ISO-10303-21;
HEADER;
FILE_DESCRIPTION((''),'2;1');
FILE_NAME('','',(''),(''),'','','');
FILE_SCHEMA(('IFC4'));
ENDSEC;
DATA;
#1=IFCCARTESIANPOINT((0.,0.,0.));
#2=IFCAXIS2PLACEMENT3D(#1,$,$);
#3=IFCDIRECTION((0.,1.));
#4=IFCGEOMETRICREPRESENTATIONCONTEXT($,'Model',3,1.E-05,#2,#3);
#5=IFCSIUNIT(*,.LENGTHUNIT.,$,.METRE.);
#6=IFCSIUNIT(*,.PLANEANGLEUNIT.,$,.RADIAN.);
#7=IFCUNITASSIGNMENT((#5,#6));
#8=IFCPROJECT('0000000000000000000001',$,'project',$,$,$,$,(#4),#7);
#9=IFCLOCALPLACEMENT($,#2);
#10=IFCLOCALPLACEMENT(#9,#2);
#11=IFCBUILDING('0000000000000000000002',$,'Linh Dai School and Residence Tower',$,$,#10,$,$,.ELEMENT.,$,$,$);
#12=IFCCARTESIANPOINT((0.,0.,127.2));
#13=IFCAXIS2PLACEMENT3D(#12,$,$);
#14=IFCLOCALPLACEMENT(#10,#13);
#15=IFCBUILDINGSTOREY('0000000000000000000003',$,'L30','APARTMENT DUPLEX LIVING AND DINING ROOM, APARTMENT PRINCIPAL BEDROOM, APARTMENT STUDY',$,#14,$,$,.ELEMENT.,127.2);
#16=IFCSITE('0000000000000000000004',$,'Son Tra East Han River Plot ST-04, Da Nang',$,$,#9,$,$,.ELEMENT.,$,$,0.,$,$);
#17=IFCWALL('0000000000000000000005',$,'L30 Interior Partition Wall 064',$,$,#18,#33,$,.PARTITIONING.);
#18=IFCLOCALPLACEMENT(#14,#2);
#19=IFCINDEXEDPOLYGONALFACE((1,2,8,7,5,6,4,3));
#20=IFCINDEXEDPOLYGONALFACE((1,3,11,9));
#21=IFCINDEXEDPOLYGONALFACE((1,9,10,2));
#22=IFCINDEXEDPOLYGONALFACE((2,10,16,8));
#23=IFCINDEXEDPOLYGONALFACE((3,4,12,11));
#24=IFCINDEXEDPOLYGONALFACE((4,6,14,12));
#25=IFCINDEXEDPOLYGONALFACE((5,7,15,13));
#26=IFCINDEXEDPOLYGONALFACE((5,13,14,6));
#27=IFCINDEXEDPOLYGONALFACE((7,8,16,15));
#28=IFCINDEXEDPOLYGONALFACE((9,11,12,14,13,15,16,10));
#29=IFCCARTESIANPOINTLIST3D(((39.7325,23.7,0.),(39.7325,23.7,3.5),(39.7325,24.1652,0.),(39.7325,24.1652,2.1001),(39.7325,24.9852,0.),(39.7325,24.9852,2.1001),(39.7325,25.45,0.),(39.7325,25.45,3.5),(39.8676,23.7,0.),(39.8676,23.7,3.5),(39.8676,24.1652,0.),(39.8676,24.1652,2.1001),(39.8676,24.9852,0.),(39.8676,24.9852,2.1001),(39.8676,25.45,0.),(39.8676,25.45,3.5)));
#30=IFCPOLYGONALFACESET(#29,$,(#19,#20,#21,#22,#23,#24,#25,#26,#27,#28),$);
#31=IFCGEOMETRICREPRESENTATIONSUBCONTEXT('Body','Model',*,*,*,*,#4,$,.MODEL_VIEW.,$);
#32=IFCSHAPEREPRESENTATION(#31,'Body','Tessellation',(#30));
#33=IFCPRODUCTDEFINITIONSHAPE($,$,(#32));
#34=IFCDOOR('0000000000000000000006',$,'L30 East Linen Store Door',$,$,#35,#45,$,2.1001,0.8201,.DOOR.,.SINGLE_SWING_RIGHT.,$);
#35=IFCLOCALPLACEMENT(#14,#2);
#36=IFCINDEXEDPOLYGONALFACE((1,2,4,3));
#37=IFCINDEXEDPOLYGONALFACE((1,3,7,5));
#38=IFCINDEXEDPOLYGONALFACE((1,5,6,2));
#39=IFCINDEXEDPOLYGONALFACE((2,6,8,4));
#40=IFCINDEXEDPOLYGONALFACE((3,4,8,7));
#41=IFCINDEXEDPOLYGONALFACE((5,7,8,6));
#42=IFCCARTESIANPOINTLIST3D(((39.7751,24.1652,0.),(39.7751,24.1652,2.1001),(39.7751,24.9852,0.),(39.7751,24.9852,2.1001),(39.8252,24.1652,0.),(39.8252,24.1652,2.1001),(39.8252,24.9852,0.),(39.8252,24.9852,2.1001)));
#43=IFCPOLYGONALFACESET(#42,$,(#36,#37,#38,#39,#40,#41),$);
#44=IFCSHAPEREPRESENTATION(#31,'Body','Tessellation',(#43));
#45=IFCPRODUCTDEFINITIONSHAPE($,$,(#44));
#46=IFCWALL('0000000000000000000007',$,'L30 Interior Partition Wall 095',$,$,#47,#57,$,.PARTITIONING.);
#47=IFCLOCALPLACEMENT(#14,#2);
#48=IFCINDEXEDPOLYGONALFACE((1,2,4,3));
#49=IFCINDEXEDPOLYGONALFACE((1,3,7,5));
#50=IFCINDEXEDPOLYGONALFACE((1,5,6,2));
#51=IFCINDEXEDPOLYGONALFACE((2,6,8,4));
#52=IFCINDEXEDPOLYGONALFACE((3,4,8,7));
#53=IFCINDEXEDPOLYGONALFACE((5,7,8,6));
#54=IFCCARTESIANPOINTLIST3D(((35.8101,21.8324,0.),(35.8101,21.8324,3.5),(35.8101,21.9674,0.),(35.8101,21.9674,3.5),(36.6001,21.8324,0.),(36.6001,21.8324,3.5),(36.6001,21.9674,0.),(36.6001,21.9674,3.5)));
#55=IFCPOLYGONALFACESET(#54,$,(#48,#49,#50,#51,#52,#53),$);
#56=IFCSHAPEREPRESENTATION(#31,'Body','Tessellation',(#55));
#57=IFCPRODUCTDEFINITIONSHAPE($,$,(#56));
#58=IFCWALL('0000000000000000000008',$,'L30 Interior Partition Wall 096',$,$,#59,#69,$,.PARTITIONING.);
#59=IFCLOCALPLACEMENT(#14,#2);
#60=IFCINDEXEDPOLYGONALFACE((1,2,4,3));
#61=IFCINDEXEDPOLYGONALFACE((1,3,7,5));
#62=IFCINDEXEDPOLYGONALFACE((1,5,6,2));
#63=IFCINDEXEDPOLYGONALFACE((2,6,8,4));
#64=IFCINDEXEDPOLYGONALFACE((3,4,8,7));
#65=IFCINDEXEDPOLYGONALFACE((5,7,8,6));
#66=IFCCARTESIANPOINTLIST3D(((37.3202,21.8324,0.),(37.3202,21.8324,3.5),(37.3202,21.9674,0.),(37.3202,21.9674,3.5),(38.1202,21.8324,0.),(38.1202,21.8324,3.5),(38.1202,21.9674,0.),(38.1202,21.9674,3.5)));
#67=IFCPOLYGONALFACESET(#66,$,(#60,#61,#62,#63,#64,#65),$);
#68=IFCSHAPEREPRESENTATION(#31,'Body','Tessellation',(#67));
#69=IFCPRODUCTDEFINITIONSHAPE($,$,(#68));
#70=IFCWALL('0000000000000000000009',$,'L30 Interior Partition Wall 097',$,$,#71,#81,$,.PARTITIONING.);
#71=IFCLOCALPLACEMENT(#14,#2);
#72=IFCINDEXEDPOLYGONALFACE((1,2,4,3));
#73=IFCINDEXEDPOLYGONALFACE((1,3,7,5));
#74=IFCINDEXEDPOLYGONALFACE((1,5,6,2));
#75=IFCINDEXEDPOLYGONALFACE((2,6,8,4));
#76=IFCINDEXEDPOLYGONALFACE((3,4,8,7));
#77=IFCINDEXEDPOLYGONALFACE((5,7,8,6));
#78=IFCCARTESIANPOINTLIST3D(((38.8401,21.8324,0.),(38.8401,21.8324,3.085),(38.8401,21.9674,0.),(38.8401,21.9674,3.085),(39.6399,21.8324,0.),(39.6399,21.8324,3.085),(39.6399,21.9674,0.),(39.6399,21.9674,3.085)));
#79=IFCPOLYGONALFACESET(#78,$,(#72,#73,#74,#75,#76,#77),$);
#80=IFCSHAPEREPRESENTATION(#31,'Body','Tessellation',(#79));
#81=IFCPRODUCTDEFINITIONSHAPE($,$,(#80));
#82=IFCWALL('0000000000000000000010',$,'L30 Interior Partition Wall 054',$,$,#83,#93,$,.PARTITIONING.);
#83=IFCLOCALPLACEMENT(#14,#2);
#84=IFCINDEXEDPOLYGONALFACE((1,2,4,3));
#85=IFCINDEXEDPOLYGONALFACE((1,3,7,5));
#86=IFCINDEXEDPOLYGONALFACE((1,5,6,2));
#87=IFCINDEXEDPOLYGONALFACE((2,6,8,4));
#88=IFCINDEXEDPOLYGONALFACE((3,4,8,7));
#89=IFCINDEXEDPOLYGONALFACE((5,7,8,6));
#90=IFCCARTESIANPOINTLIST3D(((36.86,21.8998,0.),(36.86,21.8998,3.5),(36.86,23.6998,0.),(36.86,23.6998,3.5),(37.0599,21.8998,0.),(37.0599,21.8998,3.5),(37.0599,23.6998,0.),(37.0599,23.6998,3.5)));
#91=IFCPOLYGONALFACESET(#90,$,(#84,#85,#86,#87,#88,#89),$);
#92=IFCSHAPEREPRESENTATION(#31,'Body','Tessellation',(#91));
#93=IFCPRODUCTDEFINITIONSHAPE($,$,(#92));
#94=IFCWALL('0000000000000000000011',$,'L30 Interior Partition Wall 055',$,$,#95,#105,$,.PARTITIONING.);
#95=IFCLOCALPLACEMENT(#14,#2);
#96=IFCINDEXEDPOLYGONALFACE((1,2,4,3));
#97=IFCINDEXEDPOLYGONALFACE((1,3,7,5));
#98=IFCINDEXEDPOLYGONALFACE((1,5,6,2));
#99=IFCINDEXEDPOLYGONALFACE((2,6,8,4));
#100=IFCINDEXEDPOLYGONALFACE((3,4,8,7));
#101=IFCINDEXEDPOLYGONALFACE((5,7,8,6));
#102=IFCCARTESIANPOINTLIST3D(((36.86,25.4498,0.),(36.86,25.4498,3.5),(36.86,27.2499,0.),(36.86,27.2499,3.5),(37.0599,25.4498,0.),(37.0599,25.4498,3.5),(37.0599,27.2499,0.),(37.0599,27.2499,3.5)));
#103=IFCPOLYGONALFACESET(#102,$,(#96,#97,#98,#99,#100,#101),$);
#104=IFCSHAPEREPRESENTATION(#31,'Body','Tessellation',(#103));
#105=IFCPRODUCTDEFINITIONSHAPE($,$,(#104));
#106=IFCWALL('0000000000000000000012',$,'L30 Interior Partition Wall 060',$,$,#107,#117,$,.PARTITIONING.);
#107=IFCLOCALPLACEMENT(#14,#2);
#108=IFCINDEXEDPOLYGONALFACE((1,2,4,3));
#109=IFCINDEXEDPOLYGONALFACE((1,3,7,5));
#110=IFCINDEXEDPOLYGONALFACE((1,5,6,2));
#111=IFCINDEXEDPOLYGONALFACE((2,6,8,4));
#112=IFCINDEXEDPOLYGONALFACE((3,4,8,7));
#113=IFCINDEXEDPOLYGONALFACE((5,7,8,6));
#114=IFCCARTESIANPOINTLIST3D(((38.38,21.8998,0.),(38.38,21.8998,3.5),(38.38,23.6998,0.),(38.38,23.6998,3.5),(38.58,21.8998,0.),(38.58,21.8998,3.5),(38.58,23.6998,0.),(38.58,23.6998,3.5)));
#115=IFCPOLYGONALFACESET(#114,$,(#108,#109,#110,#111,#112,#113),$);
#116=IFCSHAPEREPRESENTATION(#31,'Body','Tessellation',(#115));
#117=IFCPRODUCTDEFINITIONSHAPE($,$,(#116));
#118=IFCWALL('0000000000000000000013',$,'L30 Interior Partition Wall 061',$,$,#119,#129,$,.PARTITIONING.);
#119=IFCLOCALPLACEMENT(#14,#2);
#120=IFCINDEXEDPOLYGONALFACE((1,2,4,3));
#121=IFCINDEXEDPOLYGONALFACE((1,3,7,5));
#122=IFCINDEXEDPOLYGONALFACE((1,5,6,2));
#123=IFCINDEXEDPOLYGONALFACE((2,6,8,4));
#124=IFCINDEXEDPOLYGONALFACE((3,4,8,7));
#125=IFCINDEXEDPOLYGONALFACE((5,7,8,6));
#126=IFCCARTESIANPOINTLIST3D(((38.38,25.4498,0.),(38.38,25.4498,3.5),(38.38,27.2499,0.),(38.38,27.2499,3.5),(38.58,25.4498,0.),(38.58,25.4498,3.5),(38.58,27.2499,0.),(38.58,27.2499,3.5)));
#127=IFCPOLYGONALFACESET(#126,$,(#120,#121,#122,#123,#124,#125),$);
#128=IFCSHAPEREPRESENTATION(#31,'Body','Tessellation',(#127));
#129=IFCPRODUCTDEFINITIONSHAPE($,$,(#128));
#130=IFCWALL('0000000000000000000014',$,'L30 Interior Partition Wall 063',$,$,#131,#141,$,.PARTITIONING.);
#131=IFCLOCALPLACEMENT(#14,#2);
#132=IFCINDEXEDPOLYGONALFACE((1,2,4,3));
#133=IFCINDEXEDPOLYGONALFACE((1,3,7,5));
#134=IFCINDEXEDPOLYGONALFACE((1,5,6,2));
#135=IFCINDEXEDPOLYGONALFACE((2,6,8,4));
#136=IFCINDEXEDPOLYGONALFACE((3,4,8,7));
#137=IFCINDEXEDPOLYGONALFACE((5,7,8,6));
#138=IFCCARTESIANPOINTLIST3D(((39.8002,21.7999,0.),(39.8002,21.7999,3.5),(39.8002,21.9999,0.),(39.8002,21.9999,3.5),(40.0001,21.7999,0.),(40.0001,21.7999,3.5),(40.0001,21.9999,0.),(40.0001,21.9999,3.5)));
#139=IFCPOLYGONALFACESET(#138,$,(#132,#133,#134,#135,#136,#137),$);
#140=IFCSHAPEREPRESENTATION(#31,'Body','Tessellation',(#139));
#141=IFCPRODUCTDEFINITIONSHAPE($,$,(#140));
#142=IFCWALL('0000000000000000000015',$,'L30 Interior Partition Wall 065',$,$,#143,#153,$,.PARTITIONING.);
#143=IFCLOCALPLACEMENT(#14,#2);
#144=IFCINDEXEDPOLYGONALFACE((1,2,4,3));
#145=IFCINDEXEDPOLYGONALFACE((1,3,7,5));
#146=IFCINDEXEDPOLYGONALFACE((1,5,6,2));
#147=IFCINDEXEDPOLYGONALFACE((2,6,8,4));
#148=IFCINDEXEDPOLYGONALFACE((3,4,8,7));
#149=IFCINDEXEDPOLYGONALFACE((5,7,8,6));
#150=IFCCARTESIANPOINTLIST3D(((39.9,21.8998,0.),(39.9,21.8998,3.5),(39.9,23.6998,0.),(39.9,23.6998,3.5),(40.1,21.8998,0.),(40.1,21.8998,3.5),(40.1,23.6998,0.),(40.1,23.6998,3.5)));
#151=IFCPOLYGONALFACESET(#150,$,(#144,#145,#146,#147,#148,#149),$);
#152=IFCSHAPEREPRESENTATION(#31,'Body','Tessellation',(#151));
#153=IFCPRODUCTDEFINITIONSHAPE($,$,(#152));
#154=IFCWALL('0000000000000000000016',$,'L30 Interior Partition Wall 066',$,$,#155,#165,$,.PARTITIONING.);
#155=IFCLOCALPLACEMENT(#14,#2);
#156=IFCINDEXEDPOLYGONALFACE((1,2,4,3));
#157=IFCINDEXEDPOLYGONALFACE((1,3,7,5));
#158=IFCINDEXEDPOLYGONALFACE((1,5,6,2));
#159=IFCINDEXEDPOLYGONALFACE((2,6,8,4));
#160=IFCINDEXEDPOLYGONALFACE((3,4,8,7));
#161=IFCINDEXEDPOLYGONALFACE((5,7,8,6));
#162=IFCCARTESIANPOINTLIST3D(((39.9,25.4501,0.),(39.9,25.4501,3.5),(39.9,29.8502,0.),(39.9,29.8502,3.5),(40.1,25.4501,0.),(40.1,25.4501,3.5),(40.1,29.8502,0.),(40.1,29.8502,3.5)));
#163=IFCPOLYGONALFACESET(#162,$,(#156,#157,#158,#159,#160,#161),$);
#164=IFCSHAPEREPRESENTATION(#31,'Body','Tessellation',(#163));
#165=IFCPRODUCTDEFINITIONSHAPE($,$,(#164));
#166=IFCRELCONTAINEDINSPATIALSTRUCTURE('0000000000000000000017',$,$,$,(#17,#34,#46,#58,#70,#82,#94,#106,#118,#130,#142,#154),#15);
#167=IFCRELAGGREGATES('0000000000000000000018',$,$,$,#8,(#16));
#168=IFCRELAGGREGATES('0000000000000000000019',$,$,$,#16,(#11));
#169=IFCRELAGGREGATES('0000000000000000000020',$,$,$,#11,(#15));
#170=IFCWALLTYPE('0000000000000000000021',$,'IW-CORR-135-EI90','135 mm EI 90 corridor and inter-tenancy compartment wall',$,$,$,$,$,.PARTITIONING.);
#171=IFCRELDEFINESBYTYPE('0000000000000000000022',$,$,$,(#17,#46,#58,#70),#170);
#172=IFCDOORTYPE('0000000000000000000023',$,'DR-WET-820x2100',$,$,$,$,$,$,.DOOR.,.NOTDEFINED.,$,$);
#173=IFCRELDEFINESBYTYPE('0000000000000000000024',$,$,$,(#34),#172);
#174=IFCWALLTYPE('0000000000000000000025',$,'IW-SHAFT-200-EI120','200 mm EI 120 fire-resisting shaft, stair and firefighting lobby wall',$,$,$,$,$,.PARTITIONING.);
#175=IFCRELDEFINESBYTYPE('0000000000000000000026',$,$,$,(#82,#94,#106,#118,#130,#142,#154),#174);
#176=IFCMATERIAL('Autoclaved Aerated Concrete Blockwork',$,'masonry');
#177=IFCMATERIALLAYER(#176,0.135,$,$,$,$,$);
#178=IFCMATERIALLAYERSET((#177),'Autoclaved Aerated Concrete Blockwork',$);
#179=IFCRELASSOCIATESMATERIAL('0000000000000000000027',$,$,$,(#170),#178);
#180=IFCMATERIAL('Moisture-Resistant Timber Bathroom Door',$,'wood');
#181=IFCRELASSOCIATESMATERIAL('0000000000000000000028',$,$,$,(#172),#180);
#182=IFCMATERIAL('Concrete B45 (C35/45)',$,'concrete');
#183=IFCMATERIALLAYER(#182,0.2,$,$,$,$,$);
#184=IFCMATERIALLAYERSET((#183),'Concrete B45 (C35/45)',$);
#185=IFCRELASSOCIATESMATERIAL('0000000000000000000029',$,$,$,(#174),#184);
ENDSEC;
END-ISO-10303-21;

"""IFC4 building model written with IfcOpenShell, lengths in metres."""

from ifc_helpers import new_model, si_unit, direction, frame, frame_2d, origin, origin_2d, place, context, subcontext, project, spatial, rectangle, extrude, source, transform, mapped, material, layer, layer_set, type_object, element, fill, save


model = new_model("IFC4")

# Units and contexts
model_context = context("Model", 3, precision=1e-05, world=origin(), true_north=direction((0.0, 1.0)))
body_context = subcontext(model_context, "Body", "Model", "MODEL_VIEW")
ifc_project = project(units=[si_unit("LENGTHUNIT", "METRE"), si_unit("PLANEANGLEUNIT", "RADIAN")], contexts=[model_context])

# Site, building, storey
site_placement = place(None, origin())
site = spatial("IfcSite", under=ifc_project, at=site_placement, Name="Son Tra East Han River Plot ST-04, Da Nang", CompositionType="ELEMENT", RefElevation=0.0)
building_placement = place(site_placement, origin())
building = spatial("IfcBuilding", under=site, at=building_placement, Name="Linh Dai School and Residence Tower", CompositionType="ELEMENT")
storey_placement = place(building_placement, frame((0.0, 0.0, 127.2)))
storey = spatial("IfcBuildingStorey", under=building, at=storey_placement, Name="L30", Description="APARTMENT DUPLEX LIVING AND DINING ROOM, APARTMENT PRINCIPAL BEDROOM, APARTMENT STUDY", CompositionType="ELEMENT", Elevation=127.2)

# Wall, opening, door
ifc_material_1 = material(Name="Autoclaved Aerated Concrete Blockwork", Category="masonry")
ifc_layer_1 = layer(ifc_material_1, 0.135)
ifc_layer_set_1 = layer_set([ifc_layer_1], Name="Autoclaved Aerated Concrete Blockwork")
wall_type_1 = type_object("IfcWallType", Name="IW-CORR-135-EI90", Description="135 mm EI 90 corridor and inter-tenancy compartment wall", PredefinedType="PARTITIONING", material=ifc_layer_set_1)
wall_1_placement = place(storey_placement, frame((39.8, 23.7, 0.0), z_axis=(0.0, 0.0, 1.0), x_axis=(0.0, 1.0, 0.0)))
wall_1 = element("IfcWall", 1, at=wall_1_placement, inside=storey, type_object=wall_type_1, Name="L30 Interior Partition Wall 064", PredefinedType="PARTITIONING", context=body_context, shape_type="SweptSolid", body=[
    extrude(rectangle(XDim=1.75, YDim=0.135, at=frame_2d((0.875, 0.0))), origin(), (0.0, 0.0, 1.0), 3.5),
])
opening_placement = place(wall_1_placement, frame((0.4651, 0.0, 0.0)))
opening = element("IfcOpeningElement", 2, at=opening_placement, cuts=wall_1, PredefinedType="OPENING", context=body_context, shape_type="SweptSolid", body=[
    extrude(rectangle(XDim=0.8201, YDim=2.1001, at=origin_2d()), frame((0.4102, 0.0776, 1.05), z_axis=(0.0, -1.0, 0.0), x_axis=(1.0, 0.0, 0.0)), (0.0, 0.0, 1.0), 0.155),
])
ifc_material_2 = material(Name="Moisture-Resistant Timber Bathroom Door", Category="wood")
door_type = type_object("IfcDoorType", Name="DR-WET-820x2100", OperationType="NOTDEFINED", PredefinedType="DOOR", material=ifc_material_2)
shared_shape_1 = source(origin(), body_context, "Body", "SweptSolid", [
    extrude(rectangle(XDim=0.8201, YDim=2.1001, at=origin_2d()), frame((0.4102, 0.0249, 1.05), z_axis=(0.0, -1.0, 0.0), x_axis=(1.0, 0.0, 0.0)), (0.0, 0.0, 1.0), 0.05),
])
door_placement = place(opening_placement, origin())
door = element("IfcDoor", 3, at=door_placement, inside=storey, type_object=door_type, Name="L30 East Linen Store Door", OperationType="SINGLE_SWING_RIGHT", OverallHeight=2.1001, OverallWidth=0.8201, PredefinedType="DOOR", context=body_context, shape_type="MappedRepresentation", body=[
    mapped(shared_shape_1, transform((0.0, 0.0, 0.0), x_axis=(1.0, 0.0, 0.0), y_axis=(0.0, 1.0, 0.0), z_axis=(0.0, 0.0, 1.0), scale=1.0)),
])
fill(opening, door)

# Walls
wall_2_placement = place(storey_placement, frame((36.6001, 21.8999, 0.0), z_axis=(0.0, 0.0, 1.0), x_axis=(-1.0, 0.0, 0.0)))
element("IfcWall", 4, at=wall_2_placement, inside=storey, type_object=wall_type_1, Name="L30 Interior Partition Wall 095", PredefinedType="PARTITIONING", context=body_context, shape_type="SweptSolid", body=[
    extrude(rectangle(XDim=0.79, YDim=0.135, at=frame_2d((0.395, 0.0))), origin(), (0.0, 0.0, 1.0), 3.5),
])
wall_3_placement = place(storey_placement, frame((38.1201, 21.8999, 0.0), z_axis=(0.0, 0.0, 1.0), x_axis=(-1.0, 0.0, 0.0)))
element("IfcWall", 5, at=wall_3_placement, inside=storey, type_object=wall_type_1, Name="L30 Interior Partition Wall 096", PredefinedType="PARTITIONING", context=body_context, shape_type="SweptSolid", body=[
    extrude(rectangle(XDim=0.8, YDim=0.135, at=frame_2d((0.3999, 0.0))), origin(), (0.0, 0.0, 1.0), 3.5),
])
wall_4_placement = place(storey_placement, frame((39.6399, 21.8999, 0.0), z_axis=(0.0, 0.0, 1.0), x_axis=(-1.0, 0.0, 0.0)))
element("IfcWall", 6, at=wall_4_placement, inside=storey, type_object=wall_type_1, Name="L30 Interior Partition Wall 097", PredefinedType="PARTITIONING", context=body_context, shape_type="SweptSolid", body=[
    extrude(rectangle(XDim=0.7998, YDim=0.135, at=frame_2d((0.3999, 0.0))), origin(), (0.0, 0.0, 1.0), 3.085),
])
ifc_material_3 = material(Name="Concrete B45 (C35/45)", Category="concrete")
ifc_layer_2 = layer(ifc_material_3, 0.2)
ifc_layer_set_2 = layer_set([ifc_layer_2], Name="Concrete B45 (C35/45)")
wall_type_2 = type_object("IfcWallType", Name="IW-SHAFT-200-EI120", Description="200 mm EI 120 fire-resisting shaft, stair and firefighting lobby wall", PredefinedType="PARTITIONING", material=ifc_layer_set_2)
for number, where, z_axis, x_axis, name in (
    (7, (36.96, 21.8999, 0.0), (0.0, 0.0, 1.0), (0.0, 1.0, 0.0), "L30 Interior Partition Wall 054"),
    (8, (36.96, 25.45, 0.0), (0.0, 0.0, 1.0), (0.0, 1.0, 0.0), "L30 Interior Partition Wall 055"),
    (9, (38.48, 21.8999, 0.0), (0.0, 0.0, 1.0), (0.0, 1.0, 0.0), "L30 Interior Partition Wall 060"),
    (10, (38.48, 25.45, 0.0), (0.0, 0.0, 1.0), (0.0, 1.0, 0.0), "L30 Interior Partition Wall 061"),
):
    element("IfcWall", number, at=place(storey_placement, frame(where, z_axis=z_axis, x_axis=x_axis)), inside=storey, type_object=wall_type_2, Name=name, PredefinedType="PARTITIONING", context=body_context, shape_type="SweptSolid", body=[
        extrude(rectangle(XDim=1.8, YDim=0.2, at=frame_2d((0.8999, 0.0))), origin(), (0.0, 0.0, 1.0), 3.5),
    ])
wall_5_placement = place(storey_placement, frame((39.8, 21.8999, 0.0), z_axis=(0.0, 0.0, 1.0), x_axis=(1.0, 0.0, 0.0)))
element("IfcWall", 11, at=wall_5_placement, inside=storey, type_object=wall_type_2, Name="L30 Interior Partition Wall 063", PredefinedType="PARTITIONING", context=body_context, shape_type="SweptSolid", body=[
    extrude(rectangle(XDim=0.2, YDim=0.2, at=frame_2d((0.1001, 0.0))), origin(), (0.0, 0.0, 1.0), 3.5),
])
wall_6_placement = place(storey_placement, frame((40.0, 21.8999, 0.0), z_axis=(0.0, 0.0, 1.0), x_axis=(0.0, 1.0, 0.0)))
element("IfcWall", 12, at=wall_6_placement, inside=storey, type_object=wall_type_2, Name="L30 Interior Partition Wall 065", PredefinedType="PARTITIONING", context=body_context, shape_type="SweptSolid", body=[
    extrude(rectangle(XDim=1.8, YDim=0.2, at=frame_2d((0.8999, 0.0))), origin(), (0.0, 0.0, 1.0), 3.5),
])
wall_7_placement = place(storey_placement, frame((40.0, 25.45, 0.0), z_axis=(0.0, 0.0, 1.0), x_axis=(0.0, 1.0, 0.0)))
element("IfcWall", 13, at=wall_7_placement, inside=storey, type_object=wall_type_2, Name="L30 Interior Partition Wall 066", PredefinedType="PARTITIONING", context=body_context, shape_type="SweptSolid", body=[
    extrude(rectangle(XDim=4.4001, YDim=0.2, at=frame_2d((2.2002, 0.0))), origin(), (0.0, 0.0, 1.0), 3.5),
])

save(model, "model.ifc")
